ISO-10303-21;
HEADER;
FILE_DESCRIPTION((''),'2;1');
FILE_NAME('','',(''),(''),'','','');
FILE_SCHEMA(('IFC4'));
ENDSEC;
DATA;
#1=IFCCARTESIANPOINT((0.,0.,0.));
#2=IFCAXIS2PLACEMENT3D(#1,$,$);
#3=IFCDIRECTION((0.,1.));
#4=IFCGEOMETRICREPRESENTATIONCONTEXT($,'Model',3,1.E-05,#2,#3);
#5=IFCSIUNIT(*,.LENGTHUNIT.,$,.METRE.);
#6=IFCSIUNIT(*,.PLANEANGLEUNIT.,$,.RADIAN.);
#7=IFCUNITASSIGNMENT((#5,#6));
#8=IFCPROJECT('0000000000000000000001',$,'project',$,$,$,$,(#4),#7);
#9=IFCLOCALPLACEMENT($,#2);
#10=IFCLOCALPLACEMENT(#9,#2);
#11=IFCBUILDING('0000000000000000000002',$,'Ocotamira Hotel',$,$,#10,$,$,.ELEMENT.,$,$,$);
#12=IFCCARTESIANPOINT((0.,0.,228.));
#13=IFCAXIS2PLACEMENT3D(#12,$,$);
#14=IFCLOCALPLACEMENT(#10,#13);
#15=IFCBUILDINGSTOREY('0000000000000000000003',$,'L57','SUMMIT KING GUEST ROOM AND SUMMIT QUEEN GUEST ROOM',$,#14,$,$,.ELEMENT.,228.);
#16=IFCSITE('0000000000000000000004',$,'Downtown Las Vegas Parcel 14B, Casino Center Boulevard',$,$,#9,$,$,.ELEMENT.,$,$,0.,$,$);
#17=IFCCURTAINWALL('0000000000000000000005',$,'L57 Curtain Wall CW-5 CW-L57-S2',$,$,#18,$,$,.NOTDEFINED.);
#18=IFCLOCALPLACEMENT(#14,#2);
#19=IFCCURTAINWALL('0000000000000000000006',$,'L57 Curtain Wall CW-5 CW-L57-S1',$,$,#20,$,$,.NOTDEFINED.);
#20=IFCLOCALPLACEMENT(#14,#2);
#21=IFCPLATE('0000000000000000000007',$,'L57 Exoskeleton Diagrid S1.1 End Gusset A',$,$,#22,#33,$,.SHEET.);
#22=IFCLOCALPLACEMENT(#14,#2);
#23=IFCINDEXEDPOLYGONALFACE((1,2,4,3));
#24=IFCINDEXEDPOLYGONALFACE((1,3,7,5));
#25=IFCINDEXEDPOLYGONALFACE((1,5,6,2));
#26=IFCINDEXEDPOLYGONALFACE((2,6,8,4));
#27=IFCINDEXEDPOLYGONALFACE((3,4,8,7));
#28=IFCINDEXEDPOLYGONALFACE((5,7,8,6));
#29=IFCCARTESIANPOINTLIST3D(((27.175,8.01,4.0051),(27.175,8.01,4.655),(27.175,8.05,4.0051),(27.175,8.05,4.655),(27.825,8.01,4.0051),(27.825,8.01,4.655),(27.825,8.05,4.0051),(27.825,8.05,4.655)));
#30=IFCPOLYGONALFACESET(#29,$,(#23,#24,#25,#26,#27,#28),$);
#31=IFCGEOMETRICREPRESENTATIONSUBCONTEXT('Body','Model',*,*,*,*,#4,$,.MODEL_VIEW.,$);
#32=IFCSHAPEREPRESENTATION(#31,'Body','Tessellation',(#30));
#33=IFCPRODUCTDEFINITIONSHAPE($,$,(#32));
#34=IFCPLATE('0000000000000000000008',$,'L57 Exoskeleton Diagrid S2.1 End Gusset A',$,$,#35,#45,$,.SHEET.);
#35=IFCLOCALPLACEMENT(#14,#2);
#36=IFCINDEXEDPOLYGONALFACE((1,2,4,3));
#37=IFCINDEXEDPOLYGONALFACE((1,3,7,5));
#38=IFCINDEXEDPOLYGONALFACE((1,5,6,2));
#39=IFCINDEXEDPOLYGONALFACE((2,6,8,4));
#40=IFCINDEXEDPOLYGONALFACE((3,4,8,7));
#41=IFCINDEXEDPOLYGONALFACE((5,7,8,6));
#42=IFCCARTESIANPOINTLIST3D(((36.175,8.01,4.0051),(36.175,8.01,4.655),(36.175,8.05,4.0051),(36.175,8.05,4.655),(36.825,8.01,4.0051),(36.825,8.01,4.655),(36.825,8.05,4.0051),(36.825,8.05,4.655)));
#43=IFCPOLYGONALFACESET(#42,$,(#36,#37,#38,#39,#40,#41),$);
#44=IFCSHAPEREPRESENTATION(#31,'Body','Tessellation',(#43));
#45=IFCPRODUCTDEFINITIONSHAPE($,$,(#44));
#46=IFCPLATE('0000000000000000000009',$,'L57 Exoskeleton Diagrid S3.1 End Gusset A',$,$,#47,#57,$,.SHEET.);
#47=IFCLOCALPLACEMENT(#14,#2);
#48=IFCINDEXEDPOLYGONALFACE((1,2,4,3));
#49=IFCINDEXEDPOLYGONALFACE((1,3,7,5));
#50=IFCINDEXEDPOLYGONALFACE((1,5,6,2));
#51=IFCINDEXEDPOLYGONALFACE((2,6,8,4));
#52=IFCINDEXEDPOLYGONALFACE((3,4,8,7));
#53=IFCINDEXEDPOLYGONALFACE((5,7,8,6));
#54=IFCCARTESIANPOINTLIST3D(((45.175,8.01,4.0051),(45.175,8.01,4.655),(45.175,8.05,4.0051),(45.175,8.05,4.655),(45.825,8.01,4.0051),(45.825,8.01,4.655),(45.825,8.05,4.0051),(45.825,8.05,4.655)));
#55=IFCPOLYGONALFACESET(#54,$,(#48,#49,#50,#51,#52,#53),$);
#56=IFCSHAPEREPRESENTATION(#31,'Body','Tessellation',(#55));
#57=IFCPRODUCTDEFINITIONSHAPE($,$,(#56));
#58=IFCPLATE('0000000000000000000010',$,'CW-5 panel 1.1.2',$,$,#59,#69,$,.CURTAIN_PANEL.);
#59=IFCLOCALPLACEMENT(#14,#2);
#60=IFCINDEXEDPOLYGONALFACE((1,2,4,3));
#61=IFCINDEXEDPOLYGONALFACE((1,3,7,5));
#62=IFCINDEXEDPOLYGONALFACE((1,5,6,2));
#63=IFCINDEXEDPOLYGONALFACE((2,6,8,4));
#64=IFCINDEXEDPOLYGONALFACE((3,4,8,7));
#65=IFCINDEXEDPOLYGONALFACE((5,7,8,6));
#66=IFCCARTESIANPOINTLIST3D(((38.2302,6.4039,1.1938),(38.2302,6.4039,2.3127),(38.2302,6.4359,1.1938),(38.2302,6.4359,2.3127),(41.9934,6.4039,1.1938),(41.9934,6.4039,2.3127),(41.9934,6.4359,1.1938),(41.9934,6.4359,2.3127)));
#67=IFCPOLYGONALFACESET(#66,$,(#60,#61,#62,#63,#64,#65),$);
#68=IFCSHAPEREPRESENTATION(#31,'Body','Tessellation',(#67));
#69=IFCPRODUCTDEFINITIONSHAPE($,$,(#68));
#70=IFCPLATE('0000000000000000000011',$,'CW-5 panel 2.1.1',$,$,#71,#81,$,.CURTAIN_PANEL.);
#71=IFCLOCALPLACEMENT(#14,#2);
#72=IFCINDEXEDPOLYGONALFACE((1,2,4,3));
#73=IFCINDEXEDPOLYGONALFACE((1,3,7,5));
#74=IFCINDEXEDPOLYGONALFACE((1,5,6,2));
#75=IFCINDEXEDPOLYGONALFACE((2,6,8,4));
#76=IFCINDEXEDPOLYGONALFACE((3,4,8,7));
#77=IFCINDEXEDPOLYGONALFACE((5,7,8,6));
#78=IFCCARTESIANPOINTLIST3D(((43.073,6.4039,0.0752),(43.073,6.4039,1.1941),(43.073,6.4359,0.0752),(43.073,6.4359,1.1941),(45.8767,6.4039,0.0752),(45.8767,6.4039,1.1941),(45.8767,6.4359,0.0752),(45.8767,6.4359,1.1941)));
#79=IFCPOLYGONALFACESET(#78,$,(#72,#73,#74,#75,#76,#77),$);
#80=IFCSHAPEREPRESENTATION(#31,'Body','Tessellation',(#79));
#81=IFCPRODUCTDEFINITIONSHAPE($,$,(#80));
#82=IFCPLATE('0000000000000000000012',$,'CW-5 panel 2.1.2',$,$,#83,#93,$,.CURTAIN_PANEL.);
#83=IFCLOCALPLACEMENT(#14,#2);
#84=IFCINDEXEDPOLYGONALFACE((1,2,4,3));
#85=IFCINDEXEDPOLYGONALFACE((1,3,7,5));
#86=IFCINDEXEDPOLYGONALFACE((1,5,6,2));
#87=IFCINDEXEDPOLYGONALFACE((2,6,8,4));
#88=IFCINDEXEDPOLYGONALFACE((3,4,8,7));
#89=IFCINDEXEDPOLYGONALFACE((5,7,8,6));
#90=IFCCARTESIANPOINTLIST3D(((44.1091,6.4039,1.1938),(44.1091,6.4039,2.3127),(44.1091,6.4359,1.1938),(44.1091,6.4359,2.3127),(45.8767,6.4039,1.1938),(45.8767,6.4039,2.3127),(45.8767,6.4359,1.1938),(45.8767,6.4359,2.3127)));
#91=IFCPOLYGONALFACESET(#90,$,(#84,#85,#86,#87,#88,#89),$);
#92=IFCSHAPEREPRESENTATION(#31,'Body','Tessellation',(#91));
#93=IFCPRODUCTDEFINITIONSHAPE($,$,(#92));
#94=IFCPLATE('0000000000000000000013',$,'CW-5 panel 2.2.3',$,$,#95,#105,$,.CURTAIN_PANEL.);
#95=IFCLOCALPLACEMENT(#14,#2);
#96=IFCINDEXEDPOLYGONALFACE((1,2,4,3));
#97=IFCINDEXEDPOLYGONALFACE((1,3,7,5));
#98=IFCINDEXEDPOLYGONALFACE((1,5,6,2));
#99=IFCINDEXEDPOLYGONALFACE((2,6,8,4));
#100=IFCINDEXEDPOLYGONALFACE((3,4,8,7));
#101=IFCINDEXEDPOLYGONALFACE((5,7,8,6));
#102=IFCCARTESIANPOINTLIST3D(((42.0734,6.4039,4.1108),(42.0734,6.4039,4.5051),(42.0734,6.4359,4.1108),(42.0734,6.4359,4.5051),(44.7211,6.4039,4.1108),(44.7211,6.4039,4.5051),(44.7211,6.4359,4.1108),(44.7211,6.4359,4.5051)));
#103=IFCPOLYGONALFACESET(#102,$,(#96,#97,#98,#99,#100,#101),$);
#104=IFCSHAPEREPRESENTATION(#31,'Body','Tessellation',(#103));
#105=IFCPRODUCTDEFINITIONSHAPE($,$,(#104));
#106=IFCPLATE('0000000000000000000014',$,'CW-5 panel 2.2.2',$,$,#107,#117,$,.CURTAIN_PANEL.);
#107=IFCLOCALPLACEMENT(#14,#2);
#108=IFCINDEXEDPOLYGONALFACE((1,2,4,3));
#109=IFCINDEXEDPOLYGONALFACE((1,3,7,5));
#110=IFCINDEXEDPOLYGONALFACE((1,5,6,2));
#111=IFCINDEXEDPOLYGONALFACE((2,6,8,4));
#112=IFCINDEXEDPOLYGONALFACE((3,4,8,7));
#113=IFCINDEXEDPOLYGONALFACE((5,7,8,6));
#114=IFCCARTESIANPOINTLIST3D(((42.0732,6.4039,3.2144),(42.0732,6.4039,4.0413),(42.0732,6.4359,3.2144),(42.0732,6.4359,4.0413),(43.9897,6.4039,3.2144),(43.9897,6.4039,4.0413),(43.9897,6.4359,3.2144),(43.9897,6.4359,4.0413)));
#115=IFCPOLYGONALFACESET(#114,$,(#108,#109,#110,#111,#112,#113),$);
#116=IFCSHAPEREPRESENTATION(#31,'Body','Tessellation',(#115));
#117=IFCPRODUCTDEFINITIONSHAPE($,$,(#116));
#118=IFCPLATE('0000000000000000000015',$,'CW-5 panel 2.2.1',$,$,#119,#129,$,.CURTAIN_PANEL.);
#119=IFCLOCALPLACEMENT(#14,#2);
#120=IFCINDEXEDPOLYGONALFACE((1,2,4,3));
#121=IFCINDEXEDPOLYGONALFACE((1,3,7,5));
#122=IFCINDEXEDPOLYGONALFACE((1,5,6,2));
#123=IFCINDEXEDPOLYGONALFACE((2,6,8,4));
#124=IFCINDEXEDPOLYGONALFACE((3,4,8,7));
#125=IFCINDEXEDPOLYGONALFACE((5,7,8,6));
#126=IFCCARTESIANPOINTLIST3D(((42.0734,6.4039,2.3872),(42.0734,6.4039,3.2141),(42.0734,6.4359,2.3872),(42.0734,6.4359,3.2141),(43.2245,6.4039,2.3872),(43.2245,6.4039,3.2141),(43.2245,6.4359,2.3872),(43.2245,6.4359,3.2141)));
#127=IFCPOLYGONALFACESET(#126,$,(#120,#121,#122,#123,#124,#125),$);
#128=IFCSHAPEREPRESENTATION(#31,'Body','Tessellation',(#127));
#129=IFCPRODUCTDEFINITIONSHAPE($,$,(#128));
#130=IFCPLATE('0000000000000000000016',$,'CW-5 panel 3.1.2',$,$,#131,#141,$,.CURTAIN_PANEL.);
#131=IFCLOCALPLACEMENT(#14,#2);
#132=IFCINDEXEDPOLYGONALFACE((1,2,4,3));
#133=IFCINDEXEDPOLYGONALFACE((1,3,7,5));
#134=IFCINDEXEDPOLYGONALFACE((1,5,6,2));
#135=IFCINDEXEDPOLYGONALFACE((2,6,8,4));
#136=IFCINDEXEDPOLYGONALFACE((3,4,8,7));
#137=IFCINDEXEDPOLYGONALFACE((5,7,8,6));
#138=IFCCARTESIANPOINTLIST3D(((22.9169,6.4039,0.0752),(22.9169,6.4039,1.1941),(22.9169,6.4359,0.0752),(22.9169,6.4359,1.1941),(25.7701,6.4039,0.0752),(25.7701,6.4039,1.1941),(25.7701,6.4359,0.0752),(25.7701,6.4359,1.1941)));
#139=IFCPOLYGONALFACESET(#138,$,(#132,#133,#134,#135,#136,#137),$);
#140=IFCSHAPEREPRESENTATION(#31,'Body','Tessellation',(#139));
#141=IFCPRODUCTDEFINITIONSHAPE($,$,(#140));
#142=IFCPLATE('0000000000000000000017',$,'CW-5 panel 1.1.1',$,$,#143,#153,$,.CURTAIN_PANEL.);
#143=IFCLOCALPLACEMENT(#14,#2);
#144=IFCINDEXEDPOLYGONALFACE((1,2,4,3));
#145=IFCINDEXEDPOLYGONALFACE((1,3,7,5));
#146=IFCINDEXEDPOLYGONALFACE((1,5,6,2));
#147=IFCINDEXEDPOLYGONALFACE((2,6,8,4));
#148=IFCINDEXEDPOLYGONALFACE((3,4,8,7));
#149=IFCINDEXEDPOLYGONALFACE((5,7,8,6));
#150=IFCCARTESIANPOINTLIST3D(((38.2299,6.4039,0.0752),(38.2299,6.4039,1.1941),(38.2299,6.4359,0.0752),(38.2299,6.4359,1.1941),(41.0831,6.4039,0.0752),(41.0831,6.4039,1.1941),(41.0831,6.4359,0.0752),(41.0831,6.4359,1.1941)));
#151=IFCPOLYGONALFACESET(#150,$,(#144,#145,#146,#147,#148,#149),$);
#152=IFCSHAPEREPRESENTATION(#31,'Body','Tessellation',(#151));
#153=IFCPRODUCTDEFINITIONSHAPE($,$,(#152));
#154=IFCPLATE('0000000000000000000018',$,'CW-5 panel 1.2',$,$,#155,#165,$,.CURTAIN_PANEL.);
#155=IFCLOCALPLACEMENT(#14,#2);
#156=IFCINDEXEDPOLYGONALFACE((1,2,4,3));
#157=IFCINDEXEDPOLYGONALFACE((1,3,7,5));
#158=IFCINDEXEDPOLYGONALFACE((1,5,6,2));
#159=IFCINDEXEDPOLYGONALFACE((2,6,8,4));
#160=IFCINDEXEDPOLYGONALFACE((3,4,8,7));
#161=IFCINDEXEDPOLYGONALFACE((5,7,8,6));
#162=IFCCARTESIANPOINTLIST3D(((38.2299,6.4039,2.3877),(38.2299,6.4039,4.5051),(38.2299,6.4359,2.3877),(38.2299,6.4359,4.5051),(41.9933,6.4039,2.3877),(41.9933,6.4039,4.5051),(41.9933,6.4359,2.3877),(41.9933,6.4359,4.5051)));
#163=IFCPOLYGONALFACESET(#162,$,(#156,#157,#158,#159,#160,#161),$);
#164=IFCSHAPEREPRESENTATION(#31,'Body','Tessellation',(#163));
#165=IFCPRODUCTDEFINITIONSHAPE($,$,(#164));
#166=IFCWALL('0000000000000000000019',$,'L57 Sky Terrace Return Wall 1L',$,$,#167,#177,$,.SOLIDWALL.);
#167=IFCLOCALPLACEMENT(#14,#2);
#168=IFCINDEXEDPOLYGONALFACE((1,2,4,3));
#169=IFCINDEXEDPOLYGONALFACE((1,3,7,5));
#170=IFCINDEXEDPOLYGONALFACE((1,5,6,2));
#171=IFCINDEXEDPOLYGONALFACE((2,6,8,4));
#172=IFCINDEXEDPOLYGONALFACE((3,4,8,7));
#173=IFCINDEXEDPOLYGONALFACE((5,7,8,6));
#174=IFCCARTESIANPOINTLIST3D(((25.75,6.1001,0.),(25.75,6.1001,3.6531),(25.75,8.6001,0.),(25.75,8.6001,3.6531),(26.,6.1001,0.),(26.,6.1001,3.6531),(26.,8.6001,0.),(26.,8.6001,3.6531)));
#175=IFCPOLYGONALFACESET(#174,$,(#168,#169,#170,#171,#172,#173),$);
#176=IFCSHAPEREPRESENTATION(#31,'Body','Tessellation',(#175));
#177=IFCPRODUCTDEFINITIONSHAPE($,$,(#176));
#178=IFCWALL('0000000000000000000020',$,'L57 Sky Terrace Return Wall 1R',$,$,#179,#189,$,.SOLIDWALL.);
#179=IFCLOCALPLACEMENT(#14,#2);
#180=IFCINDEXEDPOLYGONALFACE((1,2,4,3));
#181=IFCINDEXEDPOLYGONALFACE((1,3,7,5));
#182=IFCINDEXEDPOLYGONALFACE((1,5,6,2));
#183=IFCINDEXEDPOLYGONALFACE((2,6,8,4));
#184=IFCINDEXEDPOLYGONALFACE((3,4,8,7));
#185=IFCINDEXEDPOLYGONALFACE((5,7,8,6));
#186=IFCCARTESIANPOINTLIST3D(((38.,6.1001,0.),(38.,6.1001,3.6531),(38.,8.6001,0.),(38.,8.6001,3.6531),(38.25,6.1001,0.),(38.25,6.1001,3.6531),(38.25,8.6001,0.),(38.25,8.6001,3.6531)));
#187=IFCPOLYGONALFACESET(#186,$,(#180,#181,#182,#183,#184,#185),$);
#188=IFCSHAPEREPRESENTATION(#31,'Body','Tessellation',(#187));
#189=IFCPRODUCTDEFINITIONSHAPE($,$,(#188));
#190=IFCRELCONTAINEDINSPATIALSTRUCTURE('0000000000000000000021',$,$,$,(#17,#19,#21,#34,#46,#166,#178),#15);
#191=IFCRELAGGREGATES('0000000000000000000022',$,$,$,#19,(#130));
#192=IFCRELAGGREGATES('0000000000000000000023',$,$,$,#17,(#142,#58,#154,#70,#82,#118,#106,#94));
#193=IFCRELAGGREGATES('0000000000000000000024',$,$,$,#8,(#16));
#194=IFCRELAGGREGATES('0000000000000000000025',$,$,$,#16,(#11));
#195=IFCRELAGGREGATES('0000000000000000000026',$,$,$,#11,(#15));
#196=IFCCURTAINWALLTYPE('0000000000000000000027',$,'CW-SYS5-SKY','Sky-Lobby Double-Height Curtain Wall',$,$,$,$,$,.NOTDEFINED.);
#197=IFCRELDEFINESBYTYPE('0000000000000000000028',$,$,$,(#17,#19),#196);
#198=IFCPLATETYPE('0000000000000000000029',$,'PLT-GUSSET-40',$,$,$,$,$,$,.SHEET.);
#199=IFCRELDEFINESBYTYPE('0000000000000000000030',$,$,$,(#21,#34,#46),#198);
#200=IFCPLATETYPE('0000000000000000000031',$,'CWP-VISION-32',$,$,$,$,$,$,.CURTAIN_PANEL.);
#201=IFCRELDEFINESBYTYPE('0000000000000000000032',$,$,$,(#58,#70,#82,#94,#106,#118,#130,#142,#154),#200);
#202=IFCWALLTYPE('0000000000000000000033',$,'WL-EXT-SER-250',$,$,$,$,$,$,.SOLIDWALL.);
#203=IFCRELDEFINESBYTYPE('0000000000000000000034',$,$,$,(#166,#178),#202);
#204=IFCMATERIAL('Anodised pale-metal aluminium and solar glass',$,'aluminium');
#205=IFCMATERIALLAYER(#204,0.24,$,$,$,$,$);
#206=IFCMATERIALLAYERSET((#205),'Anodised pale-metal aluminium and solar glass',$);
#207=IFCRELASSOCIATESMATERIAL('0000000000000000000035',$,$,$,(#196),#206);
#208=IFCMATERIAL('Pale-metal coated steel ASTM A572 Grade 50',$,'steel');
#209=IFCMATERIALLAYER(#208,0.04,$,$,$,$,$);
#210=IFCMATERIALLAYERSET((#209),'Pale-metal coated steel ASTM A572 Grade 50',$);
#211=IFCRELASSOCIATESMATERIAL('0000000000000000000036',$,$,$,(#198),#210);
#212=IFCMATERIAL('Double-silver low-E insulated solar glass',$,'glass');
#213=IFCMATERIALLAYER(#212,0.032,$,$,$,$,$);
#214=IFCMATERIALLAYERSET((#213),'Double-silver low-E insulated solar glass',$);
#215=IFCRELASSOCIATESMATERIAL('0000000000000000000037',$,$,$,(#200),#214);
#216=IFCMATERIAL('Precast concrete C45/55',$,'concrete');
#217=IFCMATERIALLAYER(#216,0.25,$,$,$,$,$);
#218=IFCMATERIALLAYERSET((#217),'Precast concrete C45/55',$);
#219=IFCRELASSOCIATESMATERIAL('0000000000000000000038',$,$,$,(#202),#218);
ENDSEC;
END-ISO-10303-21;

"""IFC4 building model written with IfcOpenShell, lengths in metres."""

from ifc_helpers import new_model, si_unit, direction, frame, frame_2d, origin, origin_2d, place, context, subcontext, project, spatial, rectangle, extrude, source, transform, mapped, material, layer, layer_set, type_object, element, aggregate, save


model = new_model("IFC4")

# Units and contexts
model_context = context("Model", 3, precision=1e-05, world=origin(), true_north=direction((0.0, 1.0)))
body_context = subcontext(model_context, "Body", "Model", "MODEL_VIEW")
ifc_project = project(units=[si_unit("LENGTHUNIT", "METRE"), si_unit("PLANEANGLEUNIT", "RADIAN")], contexts=[model_context])

# Site, building, storey
site_placement = place(None, origin())
site = spatial("IfcSite", under=ifc_project, at=site_placement, Name="Downtown Las Vegas Parcel 14B, Casino Center Boulevard", CompositionType="ELEMENT", RefElevation=0.0)
building_placement = place(site_placement, origin())
building = spatial("IfcBuilding", under=site, at=building_placement, Name="Ocotamira Hotel", CompositionType="ELEMENT")
storey_placement = place(building_placement, frame((0.0, 0.0, 228.0)))
storey = spatial("IfcBuildingStorey", under=building, at=storey_placement, Name="L57", Description="SUMMIT KING GUEST ROOM AND SUMMIT QUEEN GUEST ROOM", CompositionType="ELEMENT", Elevation=228.0)

# Curtain wall
ifc_material_1 = material(Name="Anodised pale-metal aluminium and solar glass", Category="aluminium")
ifc_layer_1 = layer(ifc_material_1, 0.24)
ifc_layer_set_1 = layer_set([ifc_layer_1], Name="Anodised pale-metal aluminium and solar glass")
curtain_wall_type = type_object("IfcCurtainWallType", Name="CW-SYS5-SKY", Description="Sky-Lobby Double-Height Curtain Wall", PredefinedType="NOTDEFINED", material=ifc_layer_set_1)
curtain_wall_1_placement = place(storey_placement, origin())
curtain_wall_1 = element("IfcCurtainWall", 1, at=curtain_wall_1_placement, inside=storey, type_object=curtain_wall_type, Name="L57 Curtain Wall CW-5 CW-L57-S2", PredefinedType="NOTDEFINED")

# Curtain wall
curtain_wall_2_placement = place(storey_placement, origin())
curtain_wall_2 = element("IfcCurtainWall", 2, at=curtain_wall_2_placement, inside=storey, type_object=curtain_wall_type, Name="L57 Curtain Wall CW-5 CW-L57-S1", PredefinedType="NOTDEFINED")

# Plates
ifc_material_2 = material(Name="Pale-metal coated steel ASTM A572 Grade 50", Category="steel")
ifc_layer_2 = layer(ifc_material_2, 0.04)
ifc_layer_set_2 = layer_set([ifc_layer_2], Name="Pale-metal coated steel ASTM A572 Grade 50")
plate_type_1 = type_object("IfcPlateType", Name="PLT-GUSSET-40", PredefinedType="SHEET", material=ifc_layer_set_2)
shared_shape_1 = source(origin(), body_context, "Body", "SweptSolid", [
    extrude(rectangle(XDim=0.6499, YDim=0.04, at=origin_2d()), origin(), (0.0, 0.0, 1.0), 0.6499),
])
for number, where, z_axis, x_axis, name in (
    (3, (27.5, 8.03, 4.0051), (0.0, 0.0, 1.0), (-1.0, 0.0, 0.0), "L57 Exoskeleton Diagrid S1.1 End Gusset A"),
    (4, (36.5, 8.03, 4.0051), (0.0, 0.0, 1.0), (-1.0, 0.0, 0.0), "L57 Exoskeleton Diagrid S2.1 End Gusset A"),
    (5, (45.5, 8.03, 4.0051), (0.0, 0.0, 1.0), (-1.0, 0.0, 0.0), "L57 Exoskeleton Diagrid S3.1 End Gusset A"),
):
    element("IfcPlate", number, at=place(storey_placement, frame(where, z_axis=z_axis, x_axis=x_axis)), inside=storey, type_object=plate_type_1, Name=name, PredefinedType="SHEET", context=body_context, shape_type="MappedRepresentation", body=[
        mapped(shared_shape_1, transform((0.0, 0.0, 0.0), scale=1.0)),
    ])

# Plates
ifc_material_3 = material(Name="Double-silver low-E insulated solar glass", Category="glass")
ifc_layer_3 = layer(ifc_material_3, 0.032)
ifc_layer_set_3 = layer_set([ifc_layer_3], Name="Double-silver low-E insulated solar glass")
plate_type_2 = type_object("IfcPlateType", Name="CWP-VISION-32", PredefinedType="CURTAIN_PANEL", material=ifc_layer_set_3)
shared_shape_2 = source(origin(), body_context, "Body", "SweptSolid", [
    extrude(rectangle(XDim=3.7632, YDim=0.032, at=origin_2d()), origin(), (0.0, 0.0, 1.0), 1.1189),
])
plate_1_placement = place(storey_placement, frame((40.1118, 6.4199, 1.1938), z_axis=(0.0, 0.0, 1.0), x_axis=(1.0, 0.0, 0.0)))
plate_1 = element("IfcPlate", 6, at=plate_1_placement, type_object=plate_type_2, Name="CW-5 panel 1.1.2", PredefinedType="CURTAIN_PANEL", context=body_context, shape_type="MappedRepresentation", body=[
    mapped(shared_shape_2, transform((0.0, 0.0, 0.0), scale=1.0)),
])
shared_shape_3 = source(origin(), body_context, "Body", "SweptSolid", [
    extrude(rectangle(XDim=2.8037, YDim=0.032, at=origin_2d()), origin(), (0.0, 0.0, 1.0), 1.1189),
])
plate_2_placement = place(storey_placement, frame((44.4749, 6.4199, 0.0752), z_axis=(0.0, 0.0, 1.0), x_axis=(1.0, 0.0, 0.0)))
plate_2 = element("IfcPlate", 7, at=plate_2_placement, type_object=plate_type_2, Name="CW-5 panel 2.1.1", PredefinedType="CURTAIN_PANEL", context=body_context, shape_type="MappedRepresentation", body=[
    mapped(shared_shape_3, transform((0.0, 0.0, 0.0), scale=1.0)),
])
shared_shape_4 = source(origin(), body_context, "Body", "SweptSolid", [
    extrude(rectangle(XDim=1.7676, YDim=0.032, at=origin_2d()), origin(), (0.0, 0.0, 1.0), 1.1189),
])
plate_3_placement = place(storey_placement, frame((44.9929, 6.4199, 1.1938), z_axis=(0.0, 0.0, 1.0), x_axis=(1.0, 0.0, 0.0)))
plate_3 = element("IfcPlate", 8, at=plate_3_placement, type_object=plate_type_2, Name="CW-5 panel 2.1.2", PredefinedType="CURTAIN_PANEL", context=body_context, shape_type="MappedRepresentation", body=[
    mapped(shared_shape_4, transform((0.0, 0.0, 0.0), scale=1.0)),
])
shared_shape_5 = source(origin(), body_context, "Body", "SweptSolid", [
    extrude(rectangle(XDim=2.6477, YDim=0.032, at=origin_2d()), origin(), (0.0, 0.0, 1.0), 0.3943),
])
plate_4_placement = place(storey_placement, frame((43.3972, 6.4199, 4.1108), z_axis=(0.0, 0.0, 1.0), x_axis=(1.0, 0.0, 0.0)))
plate_4 = element("IfcPlate", 9, at=plate_4_placement, type_object=plate_type_2, Name="CW-5 panel 2.2.3", PredefinedType="CURTAIN_PANEL", context=body_context, shape_type="MappedRepresentation", body=[
    mapped(shared_shape_5, transform((0.0, 0.0, 0.0), scale=1.0)),
])
shared_shape_6 = source(origin(), body_context, "Body", "SweptSolid", [
    extrude(rectangle(XDim=1.9165, YDim=0.032, at=origin_2d()), origin(), (0.0, 0.0, 1.0), 0.8269),
])
plate_5_placement = place(storey_placement, frame((43.0315, 6.4199, 3.2144), z_axis=(0.0, 0.0, 1.0), x_axis=(1.0, 0.0, 0.0)))
plate_5 = element("IfcPlate", 10, at=plate_5_placement, type_object=plate_type_2, Name="CW-5 panel 2.2.2", PredefinedType="CURTAIN_PANEL", context=body_context, shape_type="MappedRepresentation", body=[
    mapped(shared_shape_6, transform((0.0, 0.0, 0.0), scale=1.0)),
])
shared_shape_7 = source(origin(), body_context, "Body", "SweptSolid", [
    extrude(rectangle(XDim=1.1511, YDim=0.032, at=origin_2d()), origin(), (0.0, 0.0, 1.0), 0.8269),
])
plate_6_placement = place(storey_placement, frame((42.6489, 6.4199, 2.3872), z_axis=(0.0, 0.0, 1.0), x_axis=(1.0, 0.0, 0.0)))
plate_6 = element("IfcPlate", 11, at=plate_6_placement, type_object=plate_type_2, Name="CW-5 panel 2.2.1", PredefinedType="CURTAIN_PANEL", context=body_context, shape_type="MappedRepresentation", body=[
    mapped(shared_shape_7, transform((0.0, 0.0, 0.0), scale=1.0)),
])
shared_shape_8 = source(origin(), body_context, "Body", "SweptSolid", [
    extrude(rectangle(XDim=2.8533, YDim=0.032, at=origin_2d()), origin(), (0.0, 0.0, 1.0), 1.1189),
])
plate_7_placement = place(storey_placement, frame((24.3435, 6.4199, 0.0752), z_axis=(0.0, 0.0, 1.0), x_axis=(1.0, 0.0, 0.0)))
plate_7 = element("IfcPlate", 12, at=plate_7_placement, type_object=plate_type_2, Name="CW-5 panel 3.1.2", PredefinedType="CURTAIN_PANEL", context=body_context, shape_type="MappedRepresentation", body=[
    mapped(shared_shape_8, transform((0.0, 0.0, 0.0), scale=1.0)),
])
aggregate(curtain_wall_2, [plate_7])
plate_8_placement = place(storey_placement, frame((39.6565, 6.4199, 0.0752), z_axis=(0.0, 0.0, 1.0), x_axis=(1.0, 0.0, 0.0)))
plate_8 = element("IfcPlate", 13, at=plate_8_placement, type_object=plate_type_2, Name="CW-5 panel 1.1.1", PredefinedType="CURTAIN_PANEL", context=body_context, shape_type="MappedRepresentation", body=[
    mapped(shared_shape_8, transform((0.0, 0.0, 0.0), scale=1.0)),
])
shared_shape_9 = source(origin(), body_context, "Body", "SweptSolid", [
    extrude(rectangle(XDim=3.7634, YDim=0.032, at=origin_2d()), origin(), (0.0, 0.0, 1.0), 2.1174),
])
plate_9_placement = place(storey_placement, frame((40.1116, 6.4199, 2.3877), z_axis=(0.0, 0.0, 1.0), x_axis=(1.0, 0.0, 0.0)))
plate_9 = element("IfcPlate", 14, at=plate_9_placement, type_object=plate_type_2, Name="CW-5 panel 1.2", PredefinedType="CURTAIN_PANEL", context=body_context, shape_type="MappedRepresentation", body=[
    mapped(shared_shape_9, transform((0.0, 0.0, 0.0), scale=1.0)),
])
aggregate(curtain_wall_1, [plate_8, plate_1, plate_9, plate_2, plate_3, plate_6, plate_5, plate_4])

# Walls
ifc_material_4 = material(Name="Precast concrete C45/55", Category="concrete")
ifc_layer_4 = layer(ifc_material_4, 0.25)
ifc_layer_set_4 = layer_set([ifc_layer_4], Name="Precast concrete C45/55")
wall_type_1 = type_object("IfcWallType", Name="WL-EXT-SER-250", PredefinedType="SOLIDWALL", material=ifc_layer_set_4)
for number, where, z_axis, x_axis, name in (
    (15, (25.875, 6.1001, 0.0), (0.0, 0.0, 1.0), (0.0, 1.0, 0.0), "L57 Sky Terrace Return Wall 1L"),
    (16, (38.125, 6.1001, 0.0), (0.0, 0.0, 1.0), (0.0, 1.0, 0.0), "L57 Sky Terrace Return Wall 1R"),
):
    element("IfcWall", number, at=place(storey_placement, frame(where, z_axis=z_axis, x_axis=x_axis)), inside=storey, type_object=wall_type_1, Name=name, PredefinedType="SOLIDWALL", context=body_context, shape_type="SweptSolid", body=[
        extrude(rectangle(XDim=2.5, YDim=0.25, at=frame_2d((1.25, 0.0))), origin(), (0.0, 0.0, 1.0), 3.6531),
    ])

save(model, "model.ifc")
